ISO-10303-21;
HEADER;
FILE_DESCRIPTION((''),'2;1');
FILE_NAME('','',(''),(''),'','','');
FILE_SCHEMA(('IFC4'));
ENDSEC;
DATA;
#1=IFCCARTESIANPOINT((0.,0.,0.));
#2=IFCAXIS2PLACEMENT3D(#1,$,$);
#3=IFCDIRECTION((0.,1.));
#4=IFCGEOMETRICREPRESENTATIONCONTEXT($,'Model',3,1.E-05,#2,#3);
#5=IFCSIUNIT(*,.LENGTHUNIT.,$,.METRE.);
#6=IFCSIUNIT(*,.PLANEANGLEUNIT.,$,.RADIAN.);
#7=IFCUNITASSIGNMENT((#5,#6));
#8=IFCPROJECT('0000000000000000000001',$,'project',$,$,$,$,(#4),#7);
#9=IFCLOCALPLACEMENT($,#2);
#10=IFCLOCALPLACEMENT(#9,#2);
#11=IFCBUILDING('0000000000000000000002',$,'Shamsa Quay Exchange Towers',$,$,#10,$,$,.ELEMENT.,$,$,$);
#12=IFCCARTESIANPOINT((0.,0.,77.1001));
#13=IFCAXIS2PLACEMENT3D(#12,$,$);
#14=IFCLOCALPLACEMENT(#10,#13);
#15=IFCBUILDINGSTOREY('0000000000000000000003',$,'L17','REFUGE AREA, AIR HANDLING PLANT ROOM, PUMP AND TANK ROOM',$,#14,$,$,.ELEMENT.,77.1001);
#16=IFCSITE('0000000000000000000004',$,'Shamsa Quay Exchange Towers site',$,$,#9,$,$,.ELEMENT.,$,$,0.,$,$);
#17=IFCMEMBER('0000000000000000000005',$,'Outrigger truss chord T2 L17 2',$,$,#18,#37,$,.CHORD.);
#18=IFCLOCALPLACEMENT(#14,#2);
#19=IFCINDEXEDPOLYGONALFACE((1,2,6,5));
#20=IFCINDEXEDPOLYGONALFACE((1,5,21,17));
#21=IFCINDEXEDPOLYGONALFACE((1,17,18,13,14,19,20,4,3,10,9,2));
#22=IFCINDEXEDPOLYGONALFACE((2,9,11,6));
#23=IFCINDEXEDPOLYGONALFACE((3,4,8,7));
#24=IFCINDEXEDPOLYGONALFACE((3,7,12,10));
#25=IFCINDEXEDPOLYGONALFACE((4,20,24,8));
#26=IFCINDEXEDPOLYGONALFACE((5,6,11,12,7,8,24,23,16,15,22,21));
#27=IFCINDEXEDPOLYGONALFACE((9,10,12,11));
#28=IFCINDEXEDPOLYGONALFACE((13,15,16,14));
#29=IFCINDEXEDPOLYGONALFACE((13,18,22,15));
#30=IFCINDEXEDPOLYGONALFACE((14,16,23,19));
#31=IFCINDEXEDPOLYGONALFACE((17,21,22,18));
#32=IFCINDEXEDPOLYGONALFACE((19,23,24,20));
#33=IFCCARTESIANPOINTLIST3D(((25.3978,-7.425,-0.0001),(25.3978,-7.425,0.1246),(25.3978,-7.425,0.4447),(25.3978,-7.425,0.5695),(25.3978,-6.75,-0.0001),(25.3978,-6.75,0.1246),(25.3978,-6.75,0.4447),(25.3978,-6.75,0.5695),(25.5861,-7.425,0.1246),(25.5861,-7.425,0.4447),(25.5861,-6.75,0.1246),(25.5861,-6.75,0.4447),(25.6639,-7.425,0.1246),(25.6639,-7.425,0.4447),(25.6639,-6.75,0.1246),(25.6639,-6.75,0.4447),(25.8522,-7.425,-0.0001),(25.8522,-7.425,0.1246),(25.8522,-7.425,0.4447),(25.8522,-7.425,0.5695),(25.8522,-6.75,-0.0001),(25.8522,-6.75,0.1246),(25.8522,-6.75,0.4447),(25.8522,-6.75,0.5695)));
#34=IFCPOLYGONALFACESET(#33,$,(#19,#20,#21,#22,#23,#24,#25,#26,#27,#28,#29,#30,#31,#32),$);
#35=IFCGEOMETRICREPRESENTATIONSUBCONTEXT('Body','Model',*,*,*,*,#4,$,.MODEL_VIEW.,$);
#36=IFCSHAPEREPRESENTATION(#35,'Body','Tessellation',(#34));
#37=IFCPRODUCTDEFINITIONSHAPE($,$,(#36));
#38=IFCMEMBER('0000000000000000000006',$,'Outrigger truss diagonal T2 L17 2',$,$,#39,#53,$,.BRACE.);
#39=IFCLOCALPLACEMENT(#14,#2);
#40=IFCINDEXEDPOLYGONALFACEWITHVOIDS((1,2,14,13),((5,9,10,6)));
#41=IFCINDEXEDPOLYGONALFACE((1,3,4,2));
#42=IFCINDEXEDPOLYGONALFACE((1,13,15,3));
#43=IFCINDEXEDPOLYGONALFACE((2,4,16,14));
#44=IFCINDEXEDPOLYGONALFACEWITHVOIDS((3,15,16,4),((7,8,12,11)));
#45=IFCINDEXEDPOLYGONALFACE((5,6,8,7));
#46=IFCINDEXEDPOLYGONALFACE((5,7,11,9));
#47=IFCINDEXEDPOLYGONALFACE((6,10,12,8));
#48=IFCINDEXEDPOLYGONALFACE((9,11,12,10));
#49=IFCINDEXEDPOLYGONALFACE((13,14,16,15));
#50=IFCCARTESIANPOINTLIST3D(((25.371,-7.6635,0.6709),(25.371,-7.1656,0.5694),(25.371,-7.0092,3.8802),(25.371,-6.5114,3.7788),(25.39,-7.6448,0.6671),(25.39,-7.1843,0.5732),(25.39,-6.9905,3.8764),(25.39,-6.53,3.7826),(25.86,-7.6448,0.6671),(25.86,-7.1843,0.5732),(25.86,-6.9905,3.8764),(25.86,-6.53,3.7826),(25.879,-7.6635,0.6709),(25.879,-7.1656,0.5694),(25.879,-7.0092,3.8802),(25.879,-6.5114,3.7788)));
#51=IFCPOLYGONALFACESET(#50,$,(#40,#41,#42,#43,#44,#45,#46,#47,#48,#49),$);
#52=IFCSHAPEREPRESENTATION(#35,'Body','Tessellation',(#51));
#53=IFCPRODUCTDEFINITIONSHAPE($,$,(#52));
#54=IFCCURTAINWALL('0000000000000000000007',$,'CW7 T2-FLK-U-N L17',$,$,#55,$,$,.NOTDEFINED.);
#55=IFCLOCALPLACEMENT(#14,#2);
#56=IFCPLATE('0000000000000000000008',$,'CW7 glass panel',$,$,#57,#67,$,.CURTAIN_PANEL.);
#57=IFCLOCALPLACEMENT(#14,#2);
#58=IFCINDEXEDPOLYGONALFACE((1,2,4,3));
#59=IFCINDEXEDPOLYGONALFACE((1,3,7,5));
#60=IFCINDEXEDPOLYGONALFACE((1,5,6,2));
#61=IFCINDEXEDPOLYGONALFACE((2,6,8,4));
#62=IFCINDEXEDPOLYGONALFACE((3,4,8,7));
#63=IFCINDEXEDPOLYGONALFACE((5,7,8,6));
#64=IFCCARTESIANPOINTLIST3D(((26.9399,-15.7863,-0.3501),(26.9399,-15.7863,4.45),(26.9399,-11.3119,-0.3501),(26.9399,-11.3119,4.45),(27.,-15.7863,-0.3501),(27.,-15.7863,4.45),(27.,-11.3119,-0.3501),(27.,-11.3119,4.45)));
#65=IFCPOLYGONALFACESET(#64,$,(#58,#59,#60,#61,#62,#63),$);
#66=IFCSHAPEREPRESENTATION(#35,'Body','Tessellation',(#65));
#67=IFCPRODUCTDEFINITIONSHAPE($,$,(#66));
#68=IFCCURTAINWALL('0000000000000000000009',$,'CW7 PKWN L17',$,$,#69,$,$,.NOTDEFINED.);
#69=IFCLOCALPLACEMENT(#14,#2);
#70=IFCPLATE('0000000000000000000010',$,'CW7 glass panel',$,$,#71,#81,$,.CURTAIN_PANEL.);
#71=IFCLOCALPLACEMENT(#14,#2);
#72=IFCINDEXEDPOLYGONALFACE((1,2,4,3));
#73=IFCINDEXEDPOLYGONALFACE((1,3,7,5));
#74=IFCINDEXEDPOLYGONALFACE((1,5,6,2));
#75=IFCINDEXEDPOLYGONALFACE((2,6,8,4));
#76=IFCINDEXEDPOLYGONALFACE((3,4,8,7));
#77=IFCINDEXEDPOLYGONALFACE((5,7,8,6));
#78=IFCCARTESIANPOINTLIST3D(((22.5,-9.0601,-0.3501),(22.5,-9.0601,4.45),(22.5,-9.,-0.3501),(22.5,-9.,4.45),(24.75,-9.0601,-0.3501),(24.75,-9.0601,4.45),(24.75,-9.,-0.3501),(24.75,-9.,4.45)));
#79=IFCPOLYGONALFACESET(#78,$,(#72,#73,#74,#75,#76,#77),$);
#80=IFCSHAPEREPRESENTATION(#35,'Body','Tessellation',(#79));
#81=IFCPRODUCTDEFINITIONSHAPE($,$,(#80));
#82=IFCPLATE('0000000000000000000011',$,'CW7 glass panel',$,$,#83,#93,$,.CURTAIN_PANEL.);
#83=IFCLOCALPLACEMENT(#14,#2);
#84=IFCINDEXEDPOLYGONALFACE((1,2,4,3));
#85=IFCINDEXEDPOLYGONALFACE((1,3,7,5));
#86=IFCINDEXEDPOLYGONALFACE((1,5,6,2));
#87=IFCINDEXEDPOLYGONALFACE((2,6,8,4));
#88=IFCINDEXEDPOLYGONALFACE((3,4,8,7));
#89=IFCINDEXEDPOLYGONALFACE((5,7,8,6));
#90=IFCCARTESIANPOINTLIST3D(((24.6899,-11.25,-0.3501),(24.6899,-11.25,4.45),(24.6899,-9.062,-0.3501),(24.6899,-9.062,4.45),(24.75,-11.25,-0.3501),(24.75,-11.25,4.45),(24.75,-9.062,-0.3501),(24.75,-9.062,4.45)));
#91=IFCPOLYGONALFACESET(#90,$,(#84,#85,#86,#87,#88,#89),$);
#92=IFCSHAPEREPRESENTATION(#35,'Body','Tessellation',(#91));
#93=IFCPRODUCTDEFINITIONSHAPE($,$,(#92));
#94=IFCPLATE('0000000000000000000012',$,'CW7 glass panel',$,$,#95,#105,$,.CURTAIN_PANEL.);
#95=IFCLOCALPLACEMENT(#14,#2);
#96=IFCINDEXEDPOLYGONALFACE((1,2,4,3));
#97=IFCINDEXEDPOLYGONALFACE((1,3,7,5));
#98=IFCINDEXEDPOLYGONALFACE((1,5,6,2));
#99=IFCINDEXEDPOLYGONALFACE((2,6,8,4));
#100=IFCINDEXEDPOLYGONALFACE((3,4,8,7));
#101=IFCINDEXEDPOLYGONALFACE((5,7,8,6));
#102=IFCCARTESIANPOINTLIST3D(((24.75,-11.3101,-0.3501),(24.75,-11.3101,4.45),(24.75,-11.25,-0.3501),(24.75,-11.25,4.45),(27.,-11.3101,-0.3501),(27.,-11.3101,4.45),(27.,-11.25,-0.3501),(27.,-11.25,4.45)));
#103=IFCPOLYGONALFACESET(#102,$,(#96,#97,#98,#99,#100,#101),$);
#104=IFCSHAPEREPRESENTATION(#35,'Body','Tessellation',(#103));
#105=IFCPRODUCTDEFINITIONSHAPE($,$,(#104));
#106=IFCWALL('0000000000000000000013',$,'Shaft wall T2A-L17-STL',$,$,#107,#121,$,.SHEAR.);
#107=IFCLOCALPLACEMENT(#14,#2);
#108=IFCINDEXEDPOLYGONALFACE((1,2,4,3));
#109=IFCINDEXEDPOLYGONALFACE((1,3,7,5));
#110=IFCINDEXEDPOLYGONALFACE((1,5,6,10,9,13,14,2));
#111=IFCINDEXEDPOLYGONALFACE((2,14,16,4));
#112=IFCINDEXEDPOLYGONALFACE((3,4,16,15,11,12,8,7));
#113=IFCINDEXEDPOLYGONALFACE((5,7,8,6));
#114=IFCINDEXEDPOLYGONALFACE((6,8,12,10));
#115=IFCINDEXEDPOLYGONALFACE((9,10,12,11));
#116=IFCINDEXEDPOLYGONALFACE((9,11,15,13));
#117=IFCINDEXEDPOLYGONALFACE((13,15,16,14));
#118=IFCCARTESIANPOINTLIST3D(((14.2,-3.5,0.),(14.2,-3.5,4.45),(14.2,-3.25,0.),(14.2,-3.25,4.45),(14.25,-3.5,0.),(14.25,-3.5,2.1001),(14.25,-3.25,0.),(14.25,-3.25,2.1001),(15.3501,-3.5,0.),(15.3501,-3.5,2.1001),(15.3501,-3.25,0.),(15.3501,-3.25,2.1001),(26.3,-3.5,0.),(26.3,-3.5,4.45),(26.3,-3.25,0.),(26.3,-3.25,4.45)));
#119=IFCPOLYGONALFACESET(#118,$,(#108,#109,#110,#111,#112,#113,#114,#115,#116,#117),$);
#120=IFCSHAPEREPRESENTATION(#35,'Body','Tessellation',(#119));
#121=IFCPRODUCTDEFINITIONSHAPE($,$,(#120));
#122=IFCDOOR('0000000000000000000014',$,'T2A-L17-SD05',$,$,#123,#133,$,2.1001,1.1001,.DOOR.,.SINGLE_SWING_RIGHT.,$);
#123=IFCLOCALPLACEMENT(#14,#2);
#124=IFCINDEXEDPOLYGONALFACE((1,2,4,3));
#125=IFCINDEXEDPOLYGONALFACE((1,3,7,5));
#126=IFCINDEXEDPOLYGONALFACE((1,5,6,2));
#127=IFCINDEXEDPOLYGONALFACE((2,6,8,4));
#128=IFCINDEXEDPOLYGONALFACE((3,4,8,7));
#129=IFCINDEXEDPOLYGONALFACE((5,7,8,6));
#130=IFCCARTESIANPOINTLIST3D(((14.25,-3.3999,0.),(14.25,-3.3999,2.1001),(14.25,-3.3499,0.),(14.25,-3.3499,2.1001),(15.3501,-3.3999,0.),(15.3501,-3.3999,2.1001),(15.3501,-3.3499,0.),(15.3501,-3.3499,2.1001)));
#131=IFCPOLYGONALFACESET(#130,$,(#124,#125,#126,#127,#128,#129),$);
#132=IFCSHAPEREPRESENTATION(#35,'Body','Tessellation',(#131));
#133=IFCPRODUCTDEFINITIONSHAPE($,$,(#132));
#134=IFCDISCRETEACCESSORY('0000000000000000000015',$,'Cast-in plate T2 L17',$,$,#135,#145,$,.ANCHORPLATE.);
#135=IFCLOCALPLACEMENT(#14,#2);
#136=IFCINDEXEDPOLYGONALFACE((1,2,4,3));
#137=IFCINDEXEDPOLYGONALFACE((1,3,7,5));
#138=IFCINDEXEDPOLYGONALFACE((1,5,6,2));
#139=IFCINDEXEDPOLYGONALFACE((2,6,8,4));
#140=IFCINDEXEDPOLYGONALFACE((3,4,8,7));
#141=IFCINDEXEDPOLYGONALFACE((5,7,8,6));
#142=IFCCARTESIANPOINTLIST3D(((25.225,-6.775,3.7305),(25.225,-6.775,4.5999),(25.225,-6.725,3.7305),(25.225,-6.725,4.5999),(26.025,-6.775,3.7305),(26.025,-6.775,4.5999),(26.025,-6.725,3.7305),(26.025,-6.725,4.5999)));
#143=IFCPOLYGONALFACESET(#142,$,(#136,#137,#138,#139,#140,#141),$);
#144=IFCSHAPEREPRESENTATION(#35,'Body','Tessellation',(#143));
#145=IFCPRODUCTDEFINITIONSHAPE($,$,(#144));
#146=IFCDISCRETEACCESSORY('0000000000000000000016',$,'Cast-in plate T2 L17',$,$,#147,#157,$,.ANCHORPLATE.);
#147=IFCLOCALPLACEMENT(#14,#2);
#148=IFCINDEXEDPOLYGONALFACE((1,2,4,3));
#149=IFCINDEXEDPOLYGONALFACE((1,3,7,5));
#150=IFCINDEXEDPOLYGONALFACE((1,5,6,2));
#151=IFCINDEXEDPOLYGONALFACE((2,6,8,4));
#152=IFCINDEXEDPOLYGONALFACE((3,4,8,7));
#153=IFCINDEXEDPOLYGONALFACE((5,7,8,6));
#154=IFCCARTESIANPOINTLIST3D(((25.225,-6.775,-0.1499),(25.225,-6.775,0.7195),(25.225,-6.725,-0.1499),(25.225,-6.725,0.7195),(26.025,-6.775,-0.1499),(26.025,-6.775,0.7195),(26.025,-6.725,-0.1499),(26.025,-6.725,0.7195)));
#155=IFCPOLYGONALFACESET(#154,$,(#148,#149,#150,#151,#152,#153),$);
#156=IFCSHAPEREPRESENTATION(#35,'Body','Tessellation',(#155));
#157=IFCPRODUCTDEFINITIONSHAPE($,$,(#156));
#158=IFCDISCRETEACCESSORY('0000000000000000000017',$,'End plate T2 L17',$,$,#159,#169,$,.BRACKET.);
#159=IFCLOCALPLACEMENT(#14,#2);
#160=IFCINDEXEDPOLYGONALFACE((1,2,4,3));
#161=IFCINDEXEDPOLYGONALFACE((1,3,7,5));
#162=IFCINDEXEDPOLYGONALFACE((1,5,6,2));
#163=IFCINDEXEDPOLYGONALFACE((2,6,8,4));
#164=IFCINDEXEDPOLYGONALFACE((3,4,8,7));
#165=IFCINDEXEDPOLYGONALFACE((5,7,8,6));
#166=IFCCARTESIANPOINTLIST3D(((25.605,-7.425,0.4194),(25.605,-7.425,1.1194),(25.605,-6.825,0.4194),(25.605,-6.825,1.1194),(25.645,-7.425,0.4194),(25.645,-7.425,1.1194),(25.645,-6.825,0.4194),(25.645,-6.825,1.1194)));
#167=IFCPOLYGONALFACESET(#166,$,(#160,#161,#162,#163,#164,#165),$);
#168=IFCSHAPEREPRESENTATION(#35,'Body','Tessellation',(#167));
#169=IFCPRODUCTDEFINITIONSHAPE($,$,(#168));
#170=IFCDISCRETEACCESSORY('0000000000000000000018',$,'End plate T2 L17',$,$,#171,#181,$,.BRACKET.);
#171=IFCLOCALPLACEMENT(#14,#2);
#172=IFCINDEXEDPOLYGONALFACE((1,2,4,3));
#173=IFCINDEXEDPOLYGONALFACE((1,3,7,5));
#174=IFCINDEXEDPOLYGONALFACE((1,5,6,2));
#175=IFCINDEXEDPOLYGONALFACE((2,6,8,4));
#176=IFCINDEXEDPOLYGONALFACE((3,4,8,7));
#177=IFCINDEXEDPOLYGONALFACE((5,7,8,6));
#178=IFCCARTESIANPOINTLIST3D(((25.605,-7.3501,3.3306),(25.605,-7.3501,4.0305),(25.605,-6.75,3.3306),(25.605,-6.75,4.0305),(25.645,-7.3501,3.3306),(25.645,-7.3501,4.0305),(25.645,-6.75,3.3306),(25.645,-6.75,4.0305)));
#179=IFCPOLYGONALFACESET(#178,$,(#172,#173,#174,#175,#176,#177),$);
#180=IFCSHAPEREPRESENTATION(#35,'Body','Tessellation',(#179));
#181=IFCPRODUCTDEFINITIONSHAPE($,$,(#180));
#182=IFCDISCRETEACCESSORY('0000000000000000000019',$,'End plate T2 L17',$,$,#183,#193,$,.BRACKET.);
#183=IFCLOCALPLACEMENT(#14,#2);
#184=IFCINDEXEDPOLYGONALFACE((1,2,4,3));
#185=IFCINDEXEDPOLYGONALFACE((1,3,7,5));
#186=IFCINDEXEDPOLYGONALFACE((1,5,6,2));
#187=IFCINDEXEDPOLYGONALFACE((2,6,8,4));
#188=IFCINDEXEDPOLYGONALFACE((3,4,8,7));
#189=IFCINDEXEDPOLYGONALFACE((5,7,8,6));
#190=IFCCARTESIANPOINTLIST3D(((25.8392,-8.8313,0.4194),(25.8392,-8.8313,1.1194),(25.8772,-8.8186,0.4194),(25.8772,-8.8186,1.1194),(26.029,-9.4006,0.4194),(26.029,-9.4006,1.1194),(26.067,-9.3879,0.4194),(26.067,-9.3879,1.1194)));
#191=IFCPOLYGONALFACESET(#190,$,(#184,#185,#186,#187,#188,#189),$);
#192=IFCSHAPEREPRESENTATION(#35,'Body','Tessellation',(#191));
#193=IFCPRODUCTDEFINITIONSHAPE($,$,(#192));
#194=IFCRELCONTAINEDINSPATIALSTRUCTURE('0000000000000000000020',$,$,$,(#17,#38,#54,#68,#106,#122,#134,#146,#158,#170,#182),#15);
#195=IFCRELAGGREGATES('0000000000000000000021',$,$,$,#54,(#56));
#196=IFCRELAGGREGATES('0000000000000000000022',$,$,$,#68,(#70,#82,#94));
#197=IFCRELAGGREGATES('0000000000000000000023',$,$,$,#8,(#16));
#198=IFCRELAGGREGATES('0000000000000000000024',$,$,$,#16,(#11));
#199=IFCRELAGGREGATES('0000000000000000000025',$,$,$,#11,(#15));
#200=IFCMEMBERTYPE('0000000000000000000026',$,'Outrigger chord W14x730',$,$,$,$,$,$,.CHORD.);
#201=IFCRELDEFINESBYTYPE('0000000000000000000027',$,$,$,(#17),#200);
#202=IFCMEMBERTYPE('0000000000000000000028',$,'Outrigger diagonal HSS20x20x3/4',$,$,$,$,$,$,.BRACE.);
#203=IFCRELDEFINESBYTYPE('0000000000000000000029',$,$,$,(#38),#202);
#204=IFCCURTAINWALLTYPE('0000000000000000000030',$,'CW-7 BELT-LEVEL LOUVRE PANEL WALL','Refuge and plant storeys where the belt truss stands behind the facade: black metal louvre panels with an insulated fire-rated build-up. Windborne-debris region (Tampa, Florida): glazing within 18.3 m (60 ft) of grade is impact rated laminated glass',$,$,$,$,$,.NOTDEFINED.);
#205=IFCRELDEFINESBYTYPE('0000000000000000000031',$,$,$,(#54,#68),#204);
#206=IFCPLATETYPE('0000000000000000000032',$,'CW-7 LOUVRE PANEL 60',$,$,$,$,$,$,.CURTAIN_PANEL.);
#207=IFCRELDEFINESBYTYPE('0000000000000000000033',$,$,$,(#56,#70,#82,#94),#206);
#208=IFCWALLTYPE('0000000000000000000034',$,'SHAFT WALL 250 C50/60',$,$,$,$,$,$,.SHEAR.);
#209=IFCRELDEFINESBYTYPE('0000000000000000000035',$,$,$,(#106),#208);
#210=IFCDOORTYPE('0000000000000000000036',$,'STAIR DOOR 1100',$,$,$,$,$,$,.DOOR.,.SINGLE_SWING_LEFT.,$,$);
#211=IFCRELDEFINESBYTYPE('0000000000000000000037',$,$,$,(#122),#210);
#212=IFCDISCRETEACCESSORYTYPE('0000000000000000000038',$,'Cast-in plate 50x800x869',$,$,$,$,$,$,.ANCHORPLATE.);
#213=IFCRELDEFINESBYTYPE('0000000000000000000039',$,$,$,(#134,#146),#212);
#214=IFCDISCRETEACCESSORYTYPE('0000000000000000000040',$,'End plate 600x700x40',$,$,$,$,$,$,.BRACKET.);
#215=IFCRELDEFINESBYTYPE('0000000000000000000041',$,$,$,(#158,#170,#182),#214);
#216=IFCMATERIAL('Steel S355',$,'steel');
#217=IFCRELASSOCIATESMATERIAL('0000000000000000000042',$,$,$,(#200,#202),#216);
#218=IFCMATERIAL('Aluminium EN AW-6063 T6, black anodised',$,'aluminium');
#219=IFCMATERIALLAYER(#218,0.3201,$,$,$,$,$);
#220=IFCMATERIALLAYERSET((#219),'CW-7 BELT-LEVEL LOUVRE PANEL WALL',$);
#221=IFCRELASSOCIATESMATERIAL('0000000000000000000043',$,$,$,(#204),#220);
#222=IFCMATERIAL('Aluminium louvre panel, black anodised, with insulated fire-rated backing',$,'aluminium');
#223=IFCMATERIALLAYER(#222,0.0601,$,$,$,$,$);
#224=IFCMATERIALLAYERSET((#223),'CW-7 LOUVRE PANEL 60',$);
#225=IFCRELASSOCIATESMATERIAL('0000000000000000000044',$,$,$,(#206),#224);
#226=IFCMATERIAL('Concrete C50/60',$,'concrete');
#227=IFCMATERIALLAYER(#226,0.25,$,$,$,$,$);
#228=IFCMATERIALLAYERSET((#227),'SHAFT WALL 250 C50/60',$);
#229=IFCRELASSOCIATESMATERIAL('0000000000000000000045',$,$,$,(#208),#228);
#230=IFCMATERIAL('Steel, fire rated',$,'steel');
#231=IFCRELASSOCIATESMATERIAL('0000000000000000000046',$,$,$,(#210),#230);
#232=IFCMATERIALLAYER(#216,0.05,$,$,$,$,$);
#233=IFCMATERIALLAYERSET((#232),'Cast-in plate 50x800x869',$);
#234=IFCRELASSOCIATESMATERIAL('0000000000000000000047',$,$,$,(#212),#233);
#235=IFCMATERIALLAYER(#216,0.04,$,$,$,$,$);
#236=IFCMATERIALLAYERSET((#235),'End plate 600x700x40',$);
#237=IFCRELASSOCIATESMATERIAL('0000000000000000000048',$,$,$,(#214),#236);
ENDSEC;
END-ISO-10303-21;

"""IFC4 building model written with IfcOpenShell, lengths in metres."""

from ifc_helpers import new_model, si_unit, direction, frame, frame_2d, origin, origin_2d, place, context, subcontext, project, spatial, rectangle, hollow_rectangle, i_section, extrude, material, layer, layer_set, material_profile, profile_set, type_object, element, fill, aggregate, save


model = new_model("IFC4")

# Units and contexts
model_context = context("Model", 3, precision=1e-05, world=origin(), true_north=direction((0.0, 1.0)))
body_context = subcontext(model_context, "Body", "Model", "MODEL_VIEW")
ifc_project = project(units=[si_unit("LENGTHUNIT", "METRE"), si_unit("PLANEANGLEUNIT", "RADIAN")], contexts=[model_context])

# Site, building, storey
site_placement = place(None, origin())
site = spatial("IfcSite", under=ifc_project, at=site_placement, Name="Shamsa Quay Exchange Towers site", CompositionType="ELEMENT", RefElevation=0.0)
building_placement = place(site_placement, origin())
building = spatial("IfcBuilding", under=site, at=building_placement, Name="Shamsa Quay Exchange Towers", CompositionType="ELEMENT")
storey_placement = place(building_placement, frame((0.0, 0.0, 77.1001)))
storey = spatial("IfcBuildingStorey", under=building, at=storey_placement, Name="L17", Description="REFUGE AREA, AIR HANDLING PLANT ROOM, PUMP AND TANK ROOM", CompositionType="ELEMENT", Elevation=77.1001)

# Members
ifc_material_1 = material(Name="Steel S355", Category="steel")
ifc_material_profile_1 = material_profile(ifc_material_1, i_section(OverallWidth=0.4543, OverallDepth=0.5696, WebThickness=0.0779, FlangeThickness=0.1248, at=origin_2d()), Name="W14x730")
ifc_profile_set_1 = profile_set([ifc_material_profile_1], Name="Steel S355")
member_type_1 = type_object("IfcMemberType", Name="Outrigger chord W14x730", PredefinedType="CHORD", material=ifc_profile_set_1)
for number, where, z_axis, x_axis, name in (
    (1, (25.625, -7.425, 0.2847), (0.0, 1.0, 0.0), (-1.0, 0.0, 0.0), "Outrigger truss chord T2 L17 2"),
):
    element("IfcMember", number, at=place(storey_placement, frame(where, z_axis=z_axis, x_axis=x_axis)), inside=storey, type_object=member_type_1, Name=name, PredefinedType="CHORD", context=body_context, shape_type="SweptSolid", body=[
        extrude(i_section(OverallWidth=0.4543, OverallDepth=0.5696, WebThickness=0.0779, FlangeThickness=0.1248, at=origin_2d()), origin(), (0.0, 0.0, 1.0), 0.675),
    ])
ifc_material_profile_2 = material_profile(ifc_material_1, hollow_rectangle(XDim=0.5081, YDim=0.5081, WallThickness=0.019, at=origin_2d()), Name="HSS20x20x3/4")
ifc_profile_set_2 = profile_set([ifc_material_profile_2], Name="Steel S355")
member_type_2 = type_object("IfcMemberType", Name="Outrigger diagonal HSS20x20x3/4", PredefinedType="BRACE", material=ifc_profile_set_2)
member_1_placement = place(storey_placement, frame((25.625, -7.4146, 0.6201), z_axis=(0.0, 0.199756, 0.979846), x_axis=(-1.0, 0.0, 0.0)))
element("IfcMember", 2, at=member_1_placement, inside=storey, type_object=member_type_2, Name="Outrigger truss diagonal T2 L17 2", PredefinedType="BRACE", context=body_context, shape_type="SweptSolid", body=[
    extrude(hollow_rectangle(XDim=0.5081, YDim=0.5081, WallThickness=0.019, at=origin_2d()), origin(), (0.0, 0.0, 1.0), 3.2754),
])

# Curtain wall, plate
ifc_material_2 = material(Name="Aluminium EN AW-6063 T6, black anodised", Category="aluminium")
ifc_layer_1 = layer(ifc_material_2, 0.3201)
ifc_layer_set_1 = layer_set([ifc_layer_1], Name="CW-7 BELT-LEVEL LOUVRE PANEL WALL")
curtain_wall_type = type_object("IfcCurtainWallType", Name="CW-7 BELT-LEVEL LOUVRE PANEL WALL", Description="Refuge and plant storeys where the belt truss stands behind the facade: black metal louvre panels with an insulated fire-rated build-up. Windborne-debris region (Tampa, Florida): glazing within 18.3 m (60 ft) of grade is impact rated laminated glass", PredefinedType="NOTDEFINED", material=ifc_layer_set_1)
curtain_wall_1_placement = place(storey_placement, origin())
curtain_wall_1 = element("IfcCurtainWall", 3, at=curtain_wall_1_placement, inside=storey, type_object=curtain_wall_type, Name="CW7 T2-FLK-U-N L17", PredefinedType="NOTDEFINED")
ifc_material_3 = material(Name="Aluminium louvre panel, black anodised, with insulated fire-rated backing", Category="aluminium")
ifc_layer_2 = layer(ifc_material_3, 0.0601)
ifc_layer_set_2 = layer_set([ifc_layer_2], Name="CW-7 LOUVRE PANEL 60")
plate_type = type_object("IfcPlateType", Name="CW-7 LOUVRE PANEL 60", PredefinedType="CURTAIN_PANEL", material=ifc_layer_set_2)
plate_1_placement = place(storey_placement, frame((26.97, -13.5491, -0.3501), z_axis=(0.0, 0.0, 1.0), x_axis=(0.0, -1.0, 0.0)))
plate_1 = element("IfcPlate", 4, at=plate_1_placement, type_object=plate_type, Name="CW7 glass panel", PredefinedType="CURTAIN_PANEL", context=body_context, shape_type="SweptSolid", body=[
    extrude(rectangle(XDim=4.4744, YDim=0.0601, at=origin_2d()), origin(), (0.0, 0.0, 1.0), 4.8),
])
aggregate(curtain_wall_1, [plate_1])

# Curtain wall, plates
curtain_wall_2_placement = place(storey_placement, origin())
curtain_wall_2 = element("IfcCurtainWall", 5, at=curtain_wall_2_placement, inside=storey, type_object=curtain_wall_type, Name="CW7 PKWN L17", PredefinedType="NOTDEFINED")
plate_2_placement = place(storey_placement, frame((23.625, -9.03, -0.3501)))
plate_2 = element("IfcPlate", 6, at=plate_2_placement, type_object=plate_type, Name="CW7 glass panel", PredefinedType="CURTAIN_PANEL", context=body_context, shape_type="SweptSolid", body=[
    extrude(rectangle(XDim=2.25, YDim=0.0601, at=origin_2d()), origin(), (0.0, 0.0, 1.0), 4.8),
])
plate_3_placement = place(storey_placement, frame((24.72, -10.156, -0.3501), z_axis=(0.0, 0.0, 1.0), x_axis=(0.0, -1.0, 0.0)))
plate_3 = element("IfcPlate", 7, at=plate_3_placement, type_object=plate_type, Name="CW7 glass panel", PredefinedType="CURTAIN_PANEL", context=body_context, shape_type="SweptSolid", body=[
    extrude(rectangle(XDim=2.188, YDim=0.0601, at=origin_2d()), origin(), (0.0, 0.0, 1.0), 4.8),
])
plate_4_placement = place(storey_placement, frame((25.875, -11.28, -0.3501)))
plate_4 = element("IfcPlate", 8, at=plate_4_placement, type_object=plate_type, Name="CW7 glass panel", PredefinedType="CURTAIN_PANEL", context=body_context, shape_type="SweptSolid", body=[
    extrude(rectangle(XDim=2.25, YDim=0.0601, at=origin_2d()), origin(), (0.0, 0.0, 1.0), 4.8),
])
aggregate(curtain_wall_2, [plate_2, plate_3, plate_4])

# Wall, opening, door
ifc_material_4 = material(Name="Concrete C50/60", Category="concrete")
ifc_layer_3 = layer(ifc_material_4, 0.25)
ifc_layer_set_3 = layer_set([ifc_layer_3], Name="SHAFT WALL 250 C50/60")
wall_type = type_object("IfcWallType", Name="SHAFT WALL 250 C50/60", PredefinedType="SHEAR", material=ifc_layer_set_3)
wall_placement = place(storey_placement, frame((26.3, -3.375, 0.0), z_axis=(0.0, 0.0, 1.0), x_axis=(-1.0, 0.0, 0.0)))
wall = element("IfcWall", 9, at=wall_placement, inside=storey, type_object=wall_type, Name="Shaft wall T2A-L17-STL", PredefinedType="SHEAR", context=body_context, shape_type="SweptSolid", body=[
    extrude(rectangle(XDim=12.1001, YDim=0.25, at=frame_2d((6.05, 0.0))), origin(), (0.0, 0.0, 1.0), 4.45),
])
opening_placement = place(wall_placement, frame((10.95, 0.0, 0.0)))
opening = element("IfcOpeningElement", 10, at=opening_placement, cuts=wall, PredefinedType="OPENING", context=body_context, shape_type="SweptSolid", body=[
    extrude(rectangle(XDim=1.1001, YDim=2.1001, at=frame_2d((0.55, 1.05))), frame((0.0, 0.135, 0.0), z_axis=(0.0, -1.0, 0.0), x_axis=(1.0, 0.0, 0.0)), (0.0, 0.0, 1.0), 0.27),
])
ifc_material_5 = material(Name="Steel, fire rated", Category="steel")
door_type = type_object("IfcDoorType", Name="STAIR DOOR 1100", OperationType="SINGLE_SWING_LEFT", PredefinedType="DOOR", material=ifc_material_5)
door_placement = place(opening_placement, origin())
door = element("IfcDoor", 11, at=door_placement, inside=storey, type_object=door_type, Name="T2A-L17-SD05", OperationType="SINGLE_SWING_RIGHT", OverallHeight=2.1001, OverallWidth=1.1001, PredefinedType="DOOR", context=body_context, shape_type="SweptSolid", body=[
    extrude(rectangle(XDim=1.1001, YDim=2.1001, at=frame_2d((0.55, 1.05))), frame((0.0, 0.0249, 0.0), z_axis=(0.0, -1.0, 0.0), x_axis=(1.0, 0.0, 0.0)), (0.0, 0.0, 1.0), 0.05),
])
fill(opening, door)

# Discrete accessories
ifc_layer_4 = layer(ifc_material_1, 0.05)
ifc_layer_set_4 = layer_set([ifc_layer_4], Name="Cast-in plate 50x800x869")
discrete_accessory_type_1 = type_object("IfcDiscreteAccessoryType", Name="Cast-in plate 50x800x869", PredefinedType="ANCHORPLATE", material=ifc_layer_set_4)
for number, where, z_axis, x_axis, name in (
    (12, (25.625, -6.75, 3.7305), (0.0, 0.0, 1.0), (0.0, 1.0, 0.0), "Cast-in plate T2 L17"),
    (13, (25.625, -6.75, -0.1499), (0.0, 0.0, 1.0), (0.0, 1.0, 0.0), "Cast-in plate T2 L17"),
):
    element("IfcDiscreteAccessory", number, at=place(storey_placement, frame(where, z_axis=z_axis, x_axis=x_axis)), inside=storey, type_object=discrete_accessory_type_1, Name=name, PredefinedType="ANCHORPLATE", context=body_context, shape_type="SweptSolid", body=[
        extrude(rectangle(XDim=0.05, YDim=0.8, at=origin_2d()), origin(), (0.0, 0.0, 1.0), 0.8694),
    ])
ifc_layer_5 = layer(ifc_material_1, 0.04)
ifc_layer_set_5 = layer_set([ifc_layer_5], Name="End plate 600x700x40")
discrete_accessory_type_2 = type_object("IfcDiscreteAccessoryType", Name="End plate 600x700x40", PredefinedType="BRACKET", material=ifc_layer_set_5)
for number, where, z_axis, x_axis, name in (
    (14, (25.625, -7.125, 0.4194), (0.0, 0.0, 1.0), (0.0, 1.0, 0.0), "End plate T2 L17"),
    (15, (25.625, -7.05, 3.3306), (0.0, 0.0, 1.0), (0.0, 1.0, 0.0), "End plate T2 L17"),
    (16, (25.9531, -9.1096, 0.4194), (0.0, 0.0, 1.0), (0.316228, -0.948683, 0.0), "End plate T2 L17"),
):
    element("IfcDiscreteAccessory", number, at=place(storey_placement, frame(where, z_axis=z_axis, x_axis=x_axis)), inside=storey, type_object=discrete_accessory_type_2, Name=name, PredefinedType="BRACKET", context=body_context, shape_type="SweptSolid", body=[
        extrude(rectangle(XDim=0.6001, YDim=0.04, at=origin_2d()), origin(), (0.0, 0.0, 1.0), 0.7),
    ])

save(model, "model.ifc")
